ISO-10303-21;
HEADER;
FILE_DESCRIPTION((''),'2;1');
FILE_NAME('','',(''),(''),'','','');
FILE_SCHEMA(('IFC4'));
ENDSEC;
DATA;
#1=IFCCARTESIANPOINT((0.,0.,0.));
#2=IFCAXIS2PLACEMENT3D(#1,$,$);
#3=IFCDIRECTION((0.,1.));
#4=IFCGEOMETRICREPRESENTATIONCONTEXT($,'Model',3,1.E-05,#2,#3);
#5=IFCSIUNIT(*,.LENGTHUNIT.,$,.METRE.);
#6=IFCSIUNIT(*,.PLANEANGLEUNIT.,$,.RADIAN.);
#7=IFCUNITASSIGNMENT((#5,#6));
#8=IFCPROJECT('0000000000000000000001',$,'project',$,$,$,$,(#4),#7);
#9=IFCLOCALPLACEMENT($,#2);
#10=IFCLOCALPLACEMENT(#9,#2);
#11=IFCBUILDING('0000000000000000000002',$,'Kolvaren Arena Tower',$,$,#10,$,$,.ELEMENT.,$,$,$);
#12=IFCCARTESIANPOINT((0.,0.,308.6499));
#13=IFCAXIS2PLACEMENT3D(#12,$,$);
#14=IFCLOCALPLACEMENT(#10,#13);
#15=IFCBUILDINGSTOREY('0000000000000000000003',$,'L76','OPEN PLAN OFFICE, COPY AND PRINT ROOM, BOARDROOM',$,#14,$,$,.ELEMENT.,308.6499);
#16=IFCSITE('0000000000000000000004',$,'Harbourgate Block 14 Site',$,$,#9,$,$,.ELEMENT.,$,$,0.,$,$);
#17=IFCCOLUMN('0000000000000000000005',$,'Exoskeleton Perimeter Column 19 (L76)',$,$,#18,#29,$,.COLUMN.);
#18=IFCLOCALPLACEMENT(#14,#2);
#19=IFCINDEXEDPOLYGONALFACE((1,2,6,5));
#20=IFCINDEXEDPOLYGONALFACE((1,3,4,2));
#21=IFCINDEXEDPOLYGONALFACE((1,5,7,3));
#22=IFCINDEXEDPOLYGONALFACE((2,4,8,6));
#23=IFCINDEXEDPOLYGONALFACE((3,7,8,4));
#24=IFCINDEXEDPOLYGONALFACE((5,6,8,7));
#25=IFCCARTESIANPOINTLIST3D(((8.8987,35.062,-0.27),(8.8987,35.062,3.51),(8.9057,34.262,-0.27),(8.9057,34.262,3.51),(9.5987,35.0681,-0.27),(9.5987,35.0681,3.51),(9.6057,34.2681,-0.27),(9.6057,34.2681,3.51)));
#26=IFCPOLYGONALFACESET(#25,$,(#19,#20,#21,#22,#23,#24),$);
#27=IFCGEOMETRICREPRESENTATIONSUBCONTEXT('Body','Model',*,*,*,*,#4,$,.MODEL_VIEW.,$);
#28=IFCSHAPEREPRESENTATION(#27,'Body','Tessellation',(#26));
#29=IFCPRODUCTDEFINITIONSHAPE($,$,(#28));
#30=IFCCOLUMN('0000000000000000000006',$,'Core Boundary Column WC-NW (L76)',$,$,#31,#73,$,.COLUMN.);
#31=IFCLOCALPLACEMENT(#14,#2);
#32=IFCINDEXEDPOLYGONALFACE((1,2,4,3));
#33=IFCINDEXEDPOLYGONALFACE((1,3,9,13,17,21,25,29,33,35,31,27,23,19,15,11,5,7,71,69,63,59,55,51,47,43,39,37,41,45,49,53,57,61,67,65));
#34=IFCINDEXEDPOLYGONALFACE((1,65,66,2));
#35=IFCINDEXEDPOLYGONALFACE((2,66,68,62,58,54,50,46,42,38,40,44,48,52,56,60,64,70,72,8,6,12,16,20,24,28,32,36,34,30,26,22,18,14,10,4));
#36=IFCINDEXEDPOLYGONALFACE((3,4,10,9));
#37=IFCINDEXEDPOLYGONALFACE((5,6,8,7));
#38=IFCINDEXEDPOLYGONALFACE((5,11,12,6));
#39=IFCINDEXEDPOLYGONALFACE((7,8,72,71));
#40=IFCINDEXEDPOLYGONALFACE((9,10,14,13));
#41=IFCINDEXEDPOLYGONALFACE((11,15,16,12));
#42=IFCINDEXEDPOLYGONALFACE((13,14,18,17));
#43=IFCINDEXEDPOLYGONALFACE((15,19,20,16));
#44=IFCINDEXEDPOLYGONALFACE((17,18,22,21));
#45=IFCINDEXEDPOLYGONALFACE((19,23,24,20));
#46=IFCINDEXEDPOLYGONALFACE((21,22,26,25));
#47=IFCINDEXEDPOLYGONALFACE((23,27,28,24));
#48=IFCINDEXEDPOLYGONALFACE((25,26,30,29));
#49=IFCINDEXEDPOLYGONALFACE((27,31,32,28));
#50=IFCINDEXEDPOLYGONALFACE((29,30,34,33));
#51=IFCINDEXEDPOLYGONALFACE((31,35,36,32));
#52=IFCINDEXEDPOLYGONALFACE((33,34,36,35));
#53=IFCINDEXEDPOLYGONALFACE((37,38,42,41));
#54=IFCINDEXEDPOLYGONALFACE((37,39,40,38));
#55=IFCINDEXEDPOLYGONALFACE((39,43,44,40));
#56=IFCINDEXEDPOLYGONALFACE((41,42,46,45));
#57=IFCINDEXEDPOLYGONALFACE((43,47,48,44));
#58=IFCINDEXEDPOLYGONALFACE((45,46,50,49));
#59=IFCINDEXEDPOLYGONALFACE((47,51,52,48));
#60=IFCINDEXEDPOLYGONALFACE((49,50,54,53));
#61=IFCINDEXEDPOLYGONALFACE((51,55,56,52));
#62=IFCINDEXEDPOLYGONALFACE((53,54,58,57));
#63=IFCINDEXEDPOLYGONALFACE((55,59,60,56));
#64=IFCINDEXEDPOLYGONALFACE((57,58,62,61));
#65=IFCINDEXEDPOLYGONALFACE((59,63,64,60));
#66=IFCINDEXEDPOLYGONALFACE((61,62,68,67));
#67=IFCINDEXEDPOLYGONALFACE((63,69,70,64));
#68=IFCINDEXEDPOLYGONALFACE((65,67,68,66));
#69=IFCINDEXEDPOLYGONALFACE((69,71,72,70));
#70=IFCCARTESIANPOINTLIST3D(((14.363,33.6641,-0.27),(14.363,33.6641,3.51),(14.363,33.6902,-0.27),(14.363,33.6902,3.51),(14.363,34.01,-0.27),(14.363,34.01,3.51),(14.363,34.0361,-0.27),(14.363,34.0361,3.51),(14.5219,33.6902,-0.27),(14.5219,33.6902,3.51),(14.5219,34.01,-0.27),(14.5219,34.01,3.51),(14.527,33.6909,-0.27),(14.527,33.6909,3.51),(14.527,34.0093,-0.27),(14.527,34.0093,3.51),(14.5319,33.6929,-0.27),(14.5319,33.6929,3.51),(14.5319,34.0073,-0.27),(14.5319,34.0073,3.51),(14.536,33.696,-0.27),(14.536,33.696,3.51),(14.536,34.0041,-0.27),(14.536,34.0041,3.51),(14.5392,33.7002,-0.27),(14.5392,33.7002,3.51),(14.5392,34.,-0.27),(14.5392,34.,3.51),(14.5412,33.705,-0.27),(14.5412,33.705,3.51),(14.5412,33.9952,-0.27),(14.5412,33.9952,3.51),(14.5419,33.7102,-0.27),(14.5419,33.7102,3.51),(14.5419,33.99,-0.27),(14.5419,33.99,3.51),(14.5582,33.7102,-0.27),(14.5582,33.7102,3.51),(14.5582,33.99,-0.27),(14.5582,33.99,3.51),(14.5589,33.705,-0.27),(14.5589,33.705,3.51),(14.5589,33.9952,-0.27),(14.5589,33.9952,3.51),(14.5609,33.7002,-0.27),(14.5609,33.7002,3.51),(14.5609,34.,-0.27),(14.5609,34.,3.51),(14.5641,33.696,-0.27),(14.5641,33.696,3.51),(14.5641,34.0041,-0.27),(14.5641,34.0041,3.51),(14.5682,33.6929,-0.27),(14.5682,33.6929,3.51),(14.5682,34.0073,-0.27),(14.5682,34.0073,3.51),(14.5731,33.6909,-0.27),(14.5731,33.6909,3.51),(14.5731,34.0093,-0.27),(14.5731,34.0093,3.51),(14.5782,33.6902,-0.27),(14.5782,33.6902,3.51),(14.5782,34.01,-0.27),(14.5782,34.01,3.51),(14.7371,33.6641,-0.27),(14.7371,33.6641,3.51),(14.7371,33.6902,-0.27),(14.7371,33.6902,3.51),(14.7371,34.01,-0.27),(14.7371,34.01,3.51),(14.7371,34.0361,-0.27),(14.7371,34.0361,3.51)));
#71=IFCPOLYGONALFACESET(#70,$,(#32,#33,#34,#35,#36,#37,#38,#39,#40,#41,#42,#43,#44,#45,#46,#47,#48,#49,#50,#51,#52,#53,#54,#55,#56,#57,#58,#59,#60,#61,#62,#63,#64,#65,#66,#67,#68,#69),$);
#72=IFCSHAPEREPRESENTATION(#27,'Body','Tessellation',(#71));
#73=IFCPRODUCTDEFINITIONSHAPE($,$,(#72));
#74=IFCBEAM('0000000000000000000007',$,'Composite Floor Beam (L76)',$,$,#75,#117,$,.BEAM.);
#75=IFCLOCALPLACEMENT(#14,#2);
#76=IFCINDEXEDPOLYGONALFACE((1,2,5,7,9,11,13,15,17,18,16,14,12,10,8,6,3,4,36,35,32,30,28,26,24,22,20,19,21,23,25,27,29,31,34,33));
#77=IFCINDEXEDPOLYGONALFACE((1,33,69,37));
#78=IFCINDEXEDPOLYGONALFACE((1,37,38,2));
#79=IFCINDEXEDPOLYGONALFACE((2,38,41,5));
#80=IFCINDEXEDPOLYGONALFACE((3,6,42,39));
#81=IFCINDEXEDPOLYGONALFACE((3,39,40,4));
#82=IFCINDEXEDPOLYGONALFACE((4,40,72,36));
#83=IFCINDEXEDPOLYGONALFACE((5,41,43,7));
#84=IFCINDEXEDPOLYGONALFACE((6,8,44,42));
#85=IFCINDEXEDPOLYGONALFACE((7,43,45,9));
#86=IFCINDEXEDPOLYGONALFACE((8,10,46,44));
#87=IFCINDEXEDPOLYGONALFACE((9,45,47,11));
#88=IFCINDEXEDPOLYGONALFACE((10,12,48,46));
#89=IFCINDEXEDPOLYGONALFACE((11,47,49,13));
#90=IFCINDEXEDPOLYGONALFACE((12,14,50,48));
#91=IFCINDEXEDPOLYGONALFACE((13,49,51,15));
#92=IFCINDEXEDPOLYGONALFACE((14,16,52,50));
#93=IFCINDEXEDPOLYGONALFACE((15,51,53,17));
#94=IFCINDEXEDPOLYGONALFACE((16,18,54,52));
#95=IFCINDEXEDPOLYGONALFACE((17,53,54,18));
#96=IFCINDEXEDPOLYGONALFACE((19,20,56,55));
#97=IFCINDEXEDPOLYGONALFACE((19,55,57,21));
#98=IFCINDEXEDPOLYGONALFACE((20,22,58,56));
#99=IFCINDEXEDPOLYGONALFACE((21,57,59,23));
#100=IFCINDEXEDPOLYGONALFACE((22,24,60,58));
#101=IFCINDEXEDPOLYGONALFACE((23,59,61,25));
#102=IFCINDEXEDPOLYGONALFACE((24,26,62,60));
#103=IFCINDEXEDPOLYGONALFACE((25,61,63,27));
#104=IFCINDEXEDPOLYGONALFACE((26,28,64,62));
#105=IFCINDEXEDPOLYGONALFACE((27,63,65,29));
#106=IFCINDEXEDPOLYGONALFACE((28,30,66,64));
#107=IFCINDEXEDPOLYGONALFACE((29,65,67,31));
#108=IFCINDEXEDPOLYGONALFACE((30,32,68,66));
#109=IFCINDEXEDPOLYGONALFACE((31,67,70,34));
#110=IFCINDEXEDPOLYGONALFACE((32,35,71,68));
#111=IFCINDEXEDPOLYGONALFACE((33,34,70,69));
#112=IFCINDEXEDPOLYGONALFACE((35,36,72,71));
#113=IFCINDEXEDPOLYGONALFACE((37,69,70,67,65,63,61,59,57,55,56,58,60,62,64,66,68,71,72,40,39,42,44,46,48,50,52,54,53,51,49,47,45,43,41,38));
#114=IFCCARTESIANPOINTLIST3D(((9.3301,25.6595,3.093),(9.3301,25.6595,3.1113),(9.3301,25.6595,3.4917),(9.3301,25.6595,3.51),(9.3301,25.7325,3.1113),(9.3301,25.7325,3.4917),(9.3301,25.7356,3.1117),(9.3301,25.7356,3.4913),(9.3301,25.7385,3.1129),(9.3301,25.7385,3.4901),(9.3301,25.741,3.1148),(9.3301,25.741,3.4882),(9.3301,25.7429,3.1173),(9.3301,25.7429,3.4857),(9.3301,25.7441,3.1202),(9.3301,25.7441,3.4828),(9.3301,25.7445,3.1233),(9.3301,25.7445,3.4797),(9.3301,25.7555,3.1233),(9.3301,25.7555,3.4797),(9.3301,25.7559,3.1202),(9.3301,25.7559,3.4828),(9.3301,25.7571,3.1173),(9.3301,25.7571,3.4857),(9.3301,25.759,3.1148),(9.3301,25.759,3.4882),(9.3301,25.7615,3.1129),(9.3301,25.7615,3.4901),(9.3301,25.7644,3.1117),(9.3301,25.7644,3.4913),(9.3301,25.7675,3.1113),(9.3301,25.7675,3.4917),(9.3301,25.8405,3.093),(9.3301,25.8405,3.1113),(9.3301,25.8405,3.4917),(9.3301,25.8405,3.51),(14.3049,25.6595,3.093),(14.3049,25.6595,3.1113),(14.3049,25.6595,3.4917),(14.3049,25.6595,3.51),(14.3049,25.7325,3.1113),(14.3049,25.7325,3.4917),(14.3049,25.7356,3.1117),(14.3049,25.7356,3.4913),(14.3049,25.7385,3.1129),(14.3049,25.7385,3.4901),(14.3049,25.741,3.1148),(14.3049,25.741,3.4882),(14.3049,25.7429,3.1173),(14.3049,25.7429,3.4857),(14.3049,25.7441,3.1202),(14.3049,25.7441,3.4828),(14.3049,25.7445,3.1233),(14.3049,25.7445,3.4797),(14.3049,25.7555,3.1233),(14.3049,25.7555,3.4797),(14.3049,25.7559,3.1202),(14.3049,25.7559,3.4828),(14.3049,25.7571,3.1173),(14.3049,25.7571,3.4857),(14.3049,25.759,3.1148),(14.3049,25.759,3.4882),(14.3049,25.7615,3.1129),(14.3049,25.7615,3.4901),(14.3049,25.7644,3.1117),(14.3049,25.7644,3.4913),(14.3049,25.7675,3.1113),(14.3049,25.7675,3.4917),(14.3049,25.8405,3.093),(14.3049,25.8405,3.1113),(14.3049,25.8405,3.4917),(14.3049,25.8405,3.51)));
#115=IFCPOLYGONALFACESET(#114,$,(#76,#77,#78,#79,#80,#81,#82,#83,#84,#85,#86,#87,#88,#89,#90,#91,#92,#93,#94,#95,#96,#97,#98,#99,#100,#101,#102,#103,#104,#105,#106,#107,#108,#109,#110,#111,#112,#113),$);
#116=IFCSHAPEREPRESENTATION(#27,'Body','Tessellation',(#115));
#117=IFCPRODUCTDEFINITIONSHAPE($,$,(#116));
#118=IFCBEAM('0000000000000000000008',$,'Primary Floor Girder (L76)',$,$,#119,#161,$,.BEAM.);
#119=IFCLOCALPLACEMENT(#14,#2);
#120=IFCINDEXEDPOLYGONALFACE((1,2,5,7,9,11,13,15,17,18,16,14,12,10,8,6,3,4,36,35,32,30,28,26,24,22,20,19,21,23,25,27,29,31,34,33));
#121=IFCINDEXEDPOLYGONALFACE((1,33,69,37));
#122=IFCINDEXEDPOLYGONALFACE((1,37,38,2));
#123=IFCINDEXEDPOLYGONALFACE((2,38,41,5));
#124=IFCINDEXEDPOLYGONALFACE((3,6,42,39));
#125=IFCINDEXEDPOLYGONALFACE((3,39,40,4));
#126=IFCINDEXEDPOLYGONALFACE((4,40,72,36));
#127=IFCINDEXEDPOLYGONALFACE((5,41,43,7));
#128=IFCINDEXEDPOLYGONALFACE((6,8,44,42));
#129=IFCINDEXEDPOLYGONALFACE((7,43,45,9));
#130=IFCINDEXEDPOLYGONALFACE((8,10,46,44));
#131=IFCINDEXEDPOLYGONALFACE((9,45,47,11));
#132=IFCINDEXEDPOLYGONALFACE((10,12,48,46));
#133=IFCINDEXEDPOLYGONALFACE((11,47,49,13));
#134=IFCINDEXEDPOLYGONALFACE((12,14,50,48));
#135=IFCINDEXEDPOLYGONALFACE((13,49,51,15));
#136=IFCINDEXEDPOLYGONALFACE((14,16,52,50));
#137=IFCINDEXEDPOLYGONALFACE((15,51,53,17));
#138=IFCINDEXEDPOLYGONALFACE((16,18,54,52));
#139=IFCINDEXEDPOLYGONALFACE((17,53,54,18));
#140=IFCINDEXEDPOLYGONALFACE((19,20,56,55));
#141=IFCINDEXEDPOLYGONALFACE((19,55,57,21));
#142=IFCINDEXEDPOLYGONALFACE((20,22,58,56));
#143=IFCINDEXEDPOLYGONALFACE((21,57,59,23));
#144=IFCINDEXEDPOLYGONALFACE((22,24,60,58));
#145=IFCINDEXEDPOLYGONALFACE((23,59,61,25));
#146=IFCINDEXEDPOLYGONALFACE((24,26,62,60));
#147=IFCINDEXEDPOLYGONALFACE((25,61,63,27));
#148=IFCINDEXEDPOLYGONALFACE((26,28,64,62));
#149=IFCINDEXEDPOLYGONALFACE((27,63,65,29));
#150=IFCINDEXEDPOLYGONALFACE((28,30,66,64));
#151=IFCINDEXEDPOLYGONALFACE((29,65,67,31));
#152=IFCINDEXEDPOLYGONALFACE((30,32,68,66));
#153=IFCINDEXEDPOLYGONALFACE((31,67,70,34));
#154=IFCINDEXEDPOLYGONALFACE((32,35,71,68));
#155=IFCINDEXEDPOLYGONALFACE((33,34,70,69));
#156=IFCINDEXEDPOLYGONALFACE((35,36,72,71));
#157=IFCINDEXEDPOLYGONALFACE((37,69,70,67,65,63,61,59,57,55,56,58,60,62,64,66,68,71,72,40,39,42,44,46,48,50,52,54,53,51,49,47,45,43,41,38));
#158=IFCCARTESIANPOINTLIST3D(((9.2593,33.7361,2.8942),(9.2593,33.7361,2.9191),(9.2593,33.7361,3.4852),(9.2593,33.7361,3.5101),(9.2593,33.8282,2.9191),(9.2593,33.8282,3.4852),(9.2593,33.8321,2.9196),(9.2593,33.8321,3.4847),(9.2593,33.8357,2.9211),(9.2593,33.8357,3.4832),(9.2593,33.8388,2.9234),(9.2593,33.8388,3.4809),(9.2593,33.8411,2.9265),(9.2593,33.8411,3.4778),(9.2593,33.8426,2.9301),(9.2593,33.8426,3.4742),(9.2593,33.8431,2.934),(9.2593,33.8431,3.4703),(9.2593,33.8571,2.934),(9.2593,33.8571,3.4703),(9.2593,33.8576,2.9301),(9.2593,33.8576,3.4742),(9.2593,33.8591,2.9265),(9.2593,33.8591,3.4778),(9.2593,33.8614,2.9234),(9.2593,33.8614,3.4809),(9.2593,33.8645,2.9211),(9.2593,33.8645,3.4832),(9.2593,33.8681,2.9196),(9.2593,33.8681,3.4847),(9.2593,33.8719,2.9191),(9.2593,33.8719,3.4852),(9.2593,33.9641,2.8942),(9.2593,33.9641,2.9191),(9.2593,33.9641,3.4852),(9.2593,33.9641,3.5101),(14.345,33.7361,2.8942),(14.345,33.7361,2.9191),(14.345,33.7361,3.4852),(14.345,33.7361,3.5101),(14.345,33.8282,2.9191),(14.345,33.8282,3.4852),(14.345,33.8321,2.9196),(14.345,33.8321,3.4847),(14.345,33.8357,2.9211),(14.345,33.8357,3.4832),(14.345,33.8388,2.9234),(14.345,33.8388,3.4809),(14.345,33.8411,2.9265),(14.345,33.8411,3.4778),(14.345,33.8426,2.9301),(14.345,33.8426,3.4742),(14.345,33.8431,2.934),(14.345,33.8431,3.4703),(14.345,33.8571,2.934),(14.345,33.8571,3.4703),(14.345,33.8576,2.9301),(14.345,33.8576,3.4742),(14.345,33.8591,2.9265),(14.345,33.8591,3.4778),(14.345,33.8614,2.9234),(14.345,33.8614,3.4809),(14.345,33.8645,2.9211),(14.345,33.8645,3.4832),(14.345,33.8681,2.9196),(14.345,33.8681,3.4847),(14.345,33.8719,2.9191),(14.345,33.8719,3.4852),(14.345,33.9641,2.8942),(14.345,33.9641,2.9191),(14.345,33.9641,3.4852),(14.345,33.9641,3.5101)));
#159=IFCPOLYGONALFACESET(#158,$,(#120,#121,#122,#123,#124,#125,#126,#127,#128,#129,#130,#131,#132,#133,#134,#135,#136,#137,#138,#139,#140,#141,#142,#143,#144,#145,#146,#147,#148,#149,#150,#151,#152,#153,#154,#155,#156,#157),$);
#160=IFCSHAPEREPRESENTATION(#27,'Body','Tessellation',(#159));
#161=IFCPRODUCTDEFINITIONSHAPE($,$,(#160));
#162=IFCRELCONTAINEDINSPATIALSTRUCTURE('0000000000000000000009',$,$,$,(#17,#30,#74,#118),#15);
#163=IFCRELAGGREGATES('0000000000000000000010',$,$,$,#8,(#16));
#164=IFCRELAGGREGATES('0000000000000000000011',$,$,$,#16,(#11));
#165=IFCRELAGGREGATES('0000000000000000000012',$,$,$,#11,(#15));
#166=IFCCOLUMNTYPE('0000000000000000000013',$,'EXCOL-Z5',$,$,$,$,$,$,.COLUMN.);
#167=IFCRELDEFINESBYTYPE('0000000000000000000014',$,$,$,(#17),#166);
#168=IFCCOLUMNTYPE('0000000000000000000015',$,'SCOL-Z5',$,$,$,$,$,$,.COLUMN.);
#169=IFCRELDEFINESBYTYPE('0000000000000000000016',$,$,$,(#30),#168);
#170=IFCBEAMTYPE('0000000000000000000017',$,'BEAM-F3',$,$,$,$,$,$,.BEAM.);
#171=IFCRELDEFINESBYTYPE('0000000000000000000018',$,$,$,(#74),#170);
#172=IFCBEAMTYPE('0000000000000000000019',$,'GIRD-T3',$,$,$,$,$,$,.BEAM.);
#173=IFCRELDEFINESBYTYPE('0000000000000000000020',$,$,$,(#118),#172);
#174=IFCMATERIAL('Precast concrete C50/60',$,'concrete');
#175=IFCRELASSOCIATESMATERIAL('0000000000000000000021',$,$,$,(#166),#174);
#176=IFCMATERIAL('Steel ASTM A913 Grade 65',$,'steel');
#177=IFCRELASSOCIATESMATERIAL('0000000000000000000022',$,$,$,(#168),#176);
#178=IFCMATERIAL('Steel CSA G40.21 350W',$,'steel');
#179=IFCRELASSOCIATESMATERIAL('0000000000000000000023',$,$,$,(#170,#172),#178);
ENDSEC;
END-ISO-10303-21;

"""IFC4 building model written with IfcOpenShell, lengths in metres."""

from ifc_helpers import new_model, si_unit, direction, frame, origin, origin_2d, place, context, subcontext, project, spatial, rectangle, i_section, extrude, material, material_profile, profile_set, type_object, element, save


model = new_model("IFC4")

# Units and contexts
model_context = context("Model", 3, precision=1e-05, world=origin(), true_north=direction((0.0, 1.0)))
body_context = subcontext(model_context, "Body", "Model", "MODEL_VIEW")
ifc_project = project(units=[si_unit("LENGTHUNIT", "METRE"), si_unit("PLANEANGLEUNIT", "RADIAN")], contexts=[model_context])

# Site, building, storey
site_placement = place(None, origin())
site = spatial("IfcSite", under=ifc_project, at=site_placement, Name="Harbourgate Block 14 Site", CompositionType="ELEMENT", RefElevation=0.0)
building_placement = place(site_placement, origin())
building = spatial("IfcBuilding", under=site, at=building_placement, Name="Kolvaren Arena Tower", CompositionType="ELEMENT")
storey_placement = place(building_placement, frame((0.0, 0.0, 308.6499)))
storey = spatial("IfcBuildingStorey", under=building, at=storey_placement, Name="L76", Description="OPEN PLAN OFFICE, COPY AND PRINT ROOM, BOARDROOM", CompositionType="ELEMENT", Elevation=308.6499)

# Columns
ifc_material_1 = material(Name="Precast concrete C50/60", Category="concrete")
ifc_material_profile_1 = material_profile(ifc_material_1, rectangle(XDim=0.8, YDim=0.7, at=origin_2d()), Name="RC-800x700")
ifc_profile_set_1 = profile_set([ifc_material_profile_1], Name="Precast concrete C50/60")
column_type_1 = type_object("IfcColumnType", Name="EXCOL-Z5", PredefinedType="COLUMN", material=ifc_profile_set_1)
column_1_placement = place(storey_placement, frame((9.2522, 34.665, -0.27), z_axis=(0.0, 0.0, 1.0), x_axis=(-0.008727, 0.999962, 0.0)))
element("IfcColumn", 1, at=column_1_placement, inside=storey, type_object=column_type_1, Name="Exoskeleton Perimeter Column 19 (L76)", PredefinedType="COLUMN", context=body_context, shape_type="SweptSolid", body=[
    extrude(rectangle(XDim=0.8, YDim=0.7, at=origin_2d()), origin(), (0.0, 0.0, 1.0), 3.78),
])
ifc_material_2 = material(Name="Steel ASTM A913 Grade 65", Category="steel")
ifc_material_profile_2 = material_profile(ifc_material_2, i_section(OverallWidth=0.374, OverallDepth=0.3721, WebThickness=0.0164, FlangeThickness=0.0261, FilletRadius=0.02, at=origin_2d()), Name="W360x196")
ifc_profile_set_2 = profile_set([ifc_material_profile_2], Name="Steel ASTM A913 Grade 65")
column_type_2 = type_object("IfcColumnType", Name="SCOL-Z5", PredefinedType="COLUMN", material=ifc_profile_set_2)
column_2_placement = place(storey_placement, frame((14.55, 33.8501, -0.27), z_axis=(0.0, 0.0, 1.0), x_axis=(1.0, 0.0, 0.0)))
element("IfcColumn", 2, at=column_2_placement, inside=storey, type_object=column_type_2, Name="Core Boundary Column WC-NW (L76)", PredefinedType="COLUMN", context=body_context, shape_type="SweptSolid", body=[
    extrude(i_section(OverallWidth=0.374, OverallDepth=0.3721, WebThickness=0.0164, FlangeThickness=0.0261, FilletRadius=0.02, at=origin_2d()), origin(), (0.0, 0.0, 1.0), 3.78),
])

# Beams
ifc_material_3 = material(Name="Steel CSA G40.21 350W", Category="steel")
ifc_material_profile_3 = material_profile(ifc_material_3, i_section(OverallWidth=0.1809, OverallDepth=0.417, WebThickness=0.011, FlangeThickness=0.0183, FilletRadius=0.012, at=origin_2d()), Name="W410x85")
ifc_profile_set_3 = profile_set([ifc_material_profile_3], Name="Steel CSA G40.21 350W")
beam_type_1 = type_object("IfcBeamType", Name="BEAM-F3", PredefinedType="BEAM", material=ifc_profile_set_3)
beam_1_placement = place(storey_placement, frame((9.3301, 25.75, 3.3015), z_axis=(1.0, 0.0, 0.0), x_axis=(0.0, 1.0, 0.0)))
element("IfcBeam", 3, at=beam_1_placement, inside=storey, type_object=beam_type_1, Name="Composite Floor Beam (L76)", PredefinedType="BEAM", context=body_context, shape_type="SweptSolid", body=[
    extrude(i_section(OverallWidth=0.1809, OverallDepth=0.417, WebThickness=0.011, FlangeThickness=0.0183, FilletRadius=0.012, at=origin_2d()), origin(), (0.0, 0.0, 1.0), 4.9749),
])
ifc_material_profile_4 = material_profile(ifc_material_3, i_section(OverallWidth=0.228, OverallDepth=0.616, WebThickness=0.0139, FlangeThickness=0.0249, FilletRadius=0.0149, at=origin_2d()), Name="W610x174")
ifc_profile_set_4 = profile_set([ifc_material_profile_4], Name="Steel CSA G40.21 350W")
beam_type_2 = type_object("IfcBeamType", Name="GIRD-T3", PredefinedType="BEAM", material=ifc_profile_set_4)
beam_2_placement = place(storey_placement, frame((9.2593, 33.8501, 3.2021), z_axis=(1.0, 0.0, 0.0), x_axis=(0.0, 1.0, 0.0)))
element("IfcBeam", 4, at=beam_2_placement, inside=storey, type_object=beam_type_2, Name="Primary Floor Girder (L76)", PredefinedType="BEAM", context=body_context, shape_type="SweptSolid", body=[
    extrude(i_section(OverallWidth=0.228, OverallDepth=0.616, WebThickness=0.0139, FlangeThickness=0.0249, FilletRadius=0.0149, at=origin_2d()), origin(), (0.0, 0.0, 1.0), 5.0857),
])

save(model, "model.ifc")
